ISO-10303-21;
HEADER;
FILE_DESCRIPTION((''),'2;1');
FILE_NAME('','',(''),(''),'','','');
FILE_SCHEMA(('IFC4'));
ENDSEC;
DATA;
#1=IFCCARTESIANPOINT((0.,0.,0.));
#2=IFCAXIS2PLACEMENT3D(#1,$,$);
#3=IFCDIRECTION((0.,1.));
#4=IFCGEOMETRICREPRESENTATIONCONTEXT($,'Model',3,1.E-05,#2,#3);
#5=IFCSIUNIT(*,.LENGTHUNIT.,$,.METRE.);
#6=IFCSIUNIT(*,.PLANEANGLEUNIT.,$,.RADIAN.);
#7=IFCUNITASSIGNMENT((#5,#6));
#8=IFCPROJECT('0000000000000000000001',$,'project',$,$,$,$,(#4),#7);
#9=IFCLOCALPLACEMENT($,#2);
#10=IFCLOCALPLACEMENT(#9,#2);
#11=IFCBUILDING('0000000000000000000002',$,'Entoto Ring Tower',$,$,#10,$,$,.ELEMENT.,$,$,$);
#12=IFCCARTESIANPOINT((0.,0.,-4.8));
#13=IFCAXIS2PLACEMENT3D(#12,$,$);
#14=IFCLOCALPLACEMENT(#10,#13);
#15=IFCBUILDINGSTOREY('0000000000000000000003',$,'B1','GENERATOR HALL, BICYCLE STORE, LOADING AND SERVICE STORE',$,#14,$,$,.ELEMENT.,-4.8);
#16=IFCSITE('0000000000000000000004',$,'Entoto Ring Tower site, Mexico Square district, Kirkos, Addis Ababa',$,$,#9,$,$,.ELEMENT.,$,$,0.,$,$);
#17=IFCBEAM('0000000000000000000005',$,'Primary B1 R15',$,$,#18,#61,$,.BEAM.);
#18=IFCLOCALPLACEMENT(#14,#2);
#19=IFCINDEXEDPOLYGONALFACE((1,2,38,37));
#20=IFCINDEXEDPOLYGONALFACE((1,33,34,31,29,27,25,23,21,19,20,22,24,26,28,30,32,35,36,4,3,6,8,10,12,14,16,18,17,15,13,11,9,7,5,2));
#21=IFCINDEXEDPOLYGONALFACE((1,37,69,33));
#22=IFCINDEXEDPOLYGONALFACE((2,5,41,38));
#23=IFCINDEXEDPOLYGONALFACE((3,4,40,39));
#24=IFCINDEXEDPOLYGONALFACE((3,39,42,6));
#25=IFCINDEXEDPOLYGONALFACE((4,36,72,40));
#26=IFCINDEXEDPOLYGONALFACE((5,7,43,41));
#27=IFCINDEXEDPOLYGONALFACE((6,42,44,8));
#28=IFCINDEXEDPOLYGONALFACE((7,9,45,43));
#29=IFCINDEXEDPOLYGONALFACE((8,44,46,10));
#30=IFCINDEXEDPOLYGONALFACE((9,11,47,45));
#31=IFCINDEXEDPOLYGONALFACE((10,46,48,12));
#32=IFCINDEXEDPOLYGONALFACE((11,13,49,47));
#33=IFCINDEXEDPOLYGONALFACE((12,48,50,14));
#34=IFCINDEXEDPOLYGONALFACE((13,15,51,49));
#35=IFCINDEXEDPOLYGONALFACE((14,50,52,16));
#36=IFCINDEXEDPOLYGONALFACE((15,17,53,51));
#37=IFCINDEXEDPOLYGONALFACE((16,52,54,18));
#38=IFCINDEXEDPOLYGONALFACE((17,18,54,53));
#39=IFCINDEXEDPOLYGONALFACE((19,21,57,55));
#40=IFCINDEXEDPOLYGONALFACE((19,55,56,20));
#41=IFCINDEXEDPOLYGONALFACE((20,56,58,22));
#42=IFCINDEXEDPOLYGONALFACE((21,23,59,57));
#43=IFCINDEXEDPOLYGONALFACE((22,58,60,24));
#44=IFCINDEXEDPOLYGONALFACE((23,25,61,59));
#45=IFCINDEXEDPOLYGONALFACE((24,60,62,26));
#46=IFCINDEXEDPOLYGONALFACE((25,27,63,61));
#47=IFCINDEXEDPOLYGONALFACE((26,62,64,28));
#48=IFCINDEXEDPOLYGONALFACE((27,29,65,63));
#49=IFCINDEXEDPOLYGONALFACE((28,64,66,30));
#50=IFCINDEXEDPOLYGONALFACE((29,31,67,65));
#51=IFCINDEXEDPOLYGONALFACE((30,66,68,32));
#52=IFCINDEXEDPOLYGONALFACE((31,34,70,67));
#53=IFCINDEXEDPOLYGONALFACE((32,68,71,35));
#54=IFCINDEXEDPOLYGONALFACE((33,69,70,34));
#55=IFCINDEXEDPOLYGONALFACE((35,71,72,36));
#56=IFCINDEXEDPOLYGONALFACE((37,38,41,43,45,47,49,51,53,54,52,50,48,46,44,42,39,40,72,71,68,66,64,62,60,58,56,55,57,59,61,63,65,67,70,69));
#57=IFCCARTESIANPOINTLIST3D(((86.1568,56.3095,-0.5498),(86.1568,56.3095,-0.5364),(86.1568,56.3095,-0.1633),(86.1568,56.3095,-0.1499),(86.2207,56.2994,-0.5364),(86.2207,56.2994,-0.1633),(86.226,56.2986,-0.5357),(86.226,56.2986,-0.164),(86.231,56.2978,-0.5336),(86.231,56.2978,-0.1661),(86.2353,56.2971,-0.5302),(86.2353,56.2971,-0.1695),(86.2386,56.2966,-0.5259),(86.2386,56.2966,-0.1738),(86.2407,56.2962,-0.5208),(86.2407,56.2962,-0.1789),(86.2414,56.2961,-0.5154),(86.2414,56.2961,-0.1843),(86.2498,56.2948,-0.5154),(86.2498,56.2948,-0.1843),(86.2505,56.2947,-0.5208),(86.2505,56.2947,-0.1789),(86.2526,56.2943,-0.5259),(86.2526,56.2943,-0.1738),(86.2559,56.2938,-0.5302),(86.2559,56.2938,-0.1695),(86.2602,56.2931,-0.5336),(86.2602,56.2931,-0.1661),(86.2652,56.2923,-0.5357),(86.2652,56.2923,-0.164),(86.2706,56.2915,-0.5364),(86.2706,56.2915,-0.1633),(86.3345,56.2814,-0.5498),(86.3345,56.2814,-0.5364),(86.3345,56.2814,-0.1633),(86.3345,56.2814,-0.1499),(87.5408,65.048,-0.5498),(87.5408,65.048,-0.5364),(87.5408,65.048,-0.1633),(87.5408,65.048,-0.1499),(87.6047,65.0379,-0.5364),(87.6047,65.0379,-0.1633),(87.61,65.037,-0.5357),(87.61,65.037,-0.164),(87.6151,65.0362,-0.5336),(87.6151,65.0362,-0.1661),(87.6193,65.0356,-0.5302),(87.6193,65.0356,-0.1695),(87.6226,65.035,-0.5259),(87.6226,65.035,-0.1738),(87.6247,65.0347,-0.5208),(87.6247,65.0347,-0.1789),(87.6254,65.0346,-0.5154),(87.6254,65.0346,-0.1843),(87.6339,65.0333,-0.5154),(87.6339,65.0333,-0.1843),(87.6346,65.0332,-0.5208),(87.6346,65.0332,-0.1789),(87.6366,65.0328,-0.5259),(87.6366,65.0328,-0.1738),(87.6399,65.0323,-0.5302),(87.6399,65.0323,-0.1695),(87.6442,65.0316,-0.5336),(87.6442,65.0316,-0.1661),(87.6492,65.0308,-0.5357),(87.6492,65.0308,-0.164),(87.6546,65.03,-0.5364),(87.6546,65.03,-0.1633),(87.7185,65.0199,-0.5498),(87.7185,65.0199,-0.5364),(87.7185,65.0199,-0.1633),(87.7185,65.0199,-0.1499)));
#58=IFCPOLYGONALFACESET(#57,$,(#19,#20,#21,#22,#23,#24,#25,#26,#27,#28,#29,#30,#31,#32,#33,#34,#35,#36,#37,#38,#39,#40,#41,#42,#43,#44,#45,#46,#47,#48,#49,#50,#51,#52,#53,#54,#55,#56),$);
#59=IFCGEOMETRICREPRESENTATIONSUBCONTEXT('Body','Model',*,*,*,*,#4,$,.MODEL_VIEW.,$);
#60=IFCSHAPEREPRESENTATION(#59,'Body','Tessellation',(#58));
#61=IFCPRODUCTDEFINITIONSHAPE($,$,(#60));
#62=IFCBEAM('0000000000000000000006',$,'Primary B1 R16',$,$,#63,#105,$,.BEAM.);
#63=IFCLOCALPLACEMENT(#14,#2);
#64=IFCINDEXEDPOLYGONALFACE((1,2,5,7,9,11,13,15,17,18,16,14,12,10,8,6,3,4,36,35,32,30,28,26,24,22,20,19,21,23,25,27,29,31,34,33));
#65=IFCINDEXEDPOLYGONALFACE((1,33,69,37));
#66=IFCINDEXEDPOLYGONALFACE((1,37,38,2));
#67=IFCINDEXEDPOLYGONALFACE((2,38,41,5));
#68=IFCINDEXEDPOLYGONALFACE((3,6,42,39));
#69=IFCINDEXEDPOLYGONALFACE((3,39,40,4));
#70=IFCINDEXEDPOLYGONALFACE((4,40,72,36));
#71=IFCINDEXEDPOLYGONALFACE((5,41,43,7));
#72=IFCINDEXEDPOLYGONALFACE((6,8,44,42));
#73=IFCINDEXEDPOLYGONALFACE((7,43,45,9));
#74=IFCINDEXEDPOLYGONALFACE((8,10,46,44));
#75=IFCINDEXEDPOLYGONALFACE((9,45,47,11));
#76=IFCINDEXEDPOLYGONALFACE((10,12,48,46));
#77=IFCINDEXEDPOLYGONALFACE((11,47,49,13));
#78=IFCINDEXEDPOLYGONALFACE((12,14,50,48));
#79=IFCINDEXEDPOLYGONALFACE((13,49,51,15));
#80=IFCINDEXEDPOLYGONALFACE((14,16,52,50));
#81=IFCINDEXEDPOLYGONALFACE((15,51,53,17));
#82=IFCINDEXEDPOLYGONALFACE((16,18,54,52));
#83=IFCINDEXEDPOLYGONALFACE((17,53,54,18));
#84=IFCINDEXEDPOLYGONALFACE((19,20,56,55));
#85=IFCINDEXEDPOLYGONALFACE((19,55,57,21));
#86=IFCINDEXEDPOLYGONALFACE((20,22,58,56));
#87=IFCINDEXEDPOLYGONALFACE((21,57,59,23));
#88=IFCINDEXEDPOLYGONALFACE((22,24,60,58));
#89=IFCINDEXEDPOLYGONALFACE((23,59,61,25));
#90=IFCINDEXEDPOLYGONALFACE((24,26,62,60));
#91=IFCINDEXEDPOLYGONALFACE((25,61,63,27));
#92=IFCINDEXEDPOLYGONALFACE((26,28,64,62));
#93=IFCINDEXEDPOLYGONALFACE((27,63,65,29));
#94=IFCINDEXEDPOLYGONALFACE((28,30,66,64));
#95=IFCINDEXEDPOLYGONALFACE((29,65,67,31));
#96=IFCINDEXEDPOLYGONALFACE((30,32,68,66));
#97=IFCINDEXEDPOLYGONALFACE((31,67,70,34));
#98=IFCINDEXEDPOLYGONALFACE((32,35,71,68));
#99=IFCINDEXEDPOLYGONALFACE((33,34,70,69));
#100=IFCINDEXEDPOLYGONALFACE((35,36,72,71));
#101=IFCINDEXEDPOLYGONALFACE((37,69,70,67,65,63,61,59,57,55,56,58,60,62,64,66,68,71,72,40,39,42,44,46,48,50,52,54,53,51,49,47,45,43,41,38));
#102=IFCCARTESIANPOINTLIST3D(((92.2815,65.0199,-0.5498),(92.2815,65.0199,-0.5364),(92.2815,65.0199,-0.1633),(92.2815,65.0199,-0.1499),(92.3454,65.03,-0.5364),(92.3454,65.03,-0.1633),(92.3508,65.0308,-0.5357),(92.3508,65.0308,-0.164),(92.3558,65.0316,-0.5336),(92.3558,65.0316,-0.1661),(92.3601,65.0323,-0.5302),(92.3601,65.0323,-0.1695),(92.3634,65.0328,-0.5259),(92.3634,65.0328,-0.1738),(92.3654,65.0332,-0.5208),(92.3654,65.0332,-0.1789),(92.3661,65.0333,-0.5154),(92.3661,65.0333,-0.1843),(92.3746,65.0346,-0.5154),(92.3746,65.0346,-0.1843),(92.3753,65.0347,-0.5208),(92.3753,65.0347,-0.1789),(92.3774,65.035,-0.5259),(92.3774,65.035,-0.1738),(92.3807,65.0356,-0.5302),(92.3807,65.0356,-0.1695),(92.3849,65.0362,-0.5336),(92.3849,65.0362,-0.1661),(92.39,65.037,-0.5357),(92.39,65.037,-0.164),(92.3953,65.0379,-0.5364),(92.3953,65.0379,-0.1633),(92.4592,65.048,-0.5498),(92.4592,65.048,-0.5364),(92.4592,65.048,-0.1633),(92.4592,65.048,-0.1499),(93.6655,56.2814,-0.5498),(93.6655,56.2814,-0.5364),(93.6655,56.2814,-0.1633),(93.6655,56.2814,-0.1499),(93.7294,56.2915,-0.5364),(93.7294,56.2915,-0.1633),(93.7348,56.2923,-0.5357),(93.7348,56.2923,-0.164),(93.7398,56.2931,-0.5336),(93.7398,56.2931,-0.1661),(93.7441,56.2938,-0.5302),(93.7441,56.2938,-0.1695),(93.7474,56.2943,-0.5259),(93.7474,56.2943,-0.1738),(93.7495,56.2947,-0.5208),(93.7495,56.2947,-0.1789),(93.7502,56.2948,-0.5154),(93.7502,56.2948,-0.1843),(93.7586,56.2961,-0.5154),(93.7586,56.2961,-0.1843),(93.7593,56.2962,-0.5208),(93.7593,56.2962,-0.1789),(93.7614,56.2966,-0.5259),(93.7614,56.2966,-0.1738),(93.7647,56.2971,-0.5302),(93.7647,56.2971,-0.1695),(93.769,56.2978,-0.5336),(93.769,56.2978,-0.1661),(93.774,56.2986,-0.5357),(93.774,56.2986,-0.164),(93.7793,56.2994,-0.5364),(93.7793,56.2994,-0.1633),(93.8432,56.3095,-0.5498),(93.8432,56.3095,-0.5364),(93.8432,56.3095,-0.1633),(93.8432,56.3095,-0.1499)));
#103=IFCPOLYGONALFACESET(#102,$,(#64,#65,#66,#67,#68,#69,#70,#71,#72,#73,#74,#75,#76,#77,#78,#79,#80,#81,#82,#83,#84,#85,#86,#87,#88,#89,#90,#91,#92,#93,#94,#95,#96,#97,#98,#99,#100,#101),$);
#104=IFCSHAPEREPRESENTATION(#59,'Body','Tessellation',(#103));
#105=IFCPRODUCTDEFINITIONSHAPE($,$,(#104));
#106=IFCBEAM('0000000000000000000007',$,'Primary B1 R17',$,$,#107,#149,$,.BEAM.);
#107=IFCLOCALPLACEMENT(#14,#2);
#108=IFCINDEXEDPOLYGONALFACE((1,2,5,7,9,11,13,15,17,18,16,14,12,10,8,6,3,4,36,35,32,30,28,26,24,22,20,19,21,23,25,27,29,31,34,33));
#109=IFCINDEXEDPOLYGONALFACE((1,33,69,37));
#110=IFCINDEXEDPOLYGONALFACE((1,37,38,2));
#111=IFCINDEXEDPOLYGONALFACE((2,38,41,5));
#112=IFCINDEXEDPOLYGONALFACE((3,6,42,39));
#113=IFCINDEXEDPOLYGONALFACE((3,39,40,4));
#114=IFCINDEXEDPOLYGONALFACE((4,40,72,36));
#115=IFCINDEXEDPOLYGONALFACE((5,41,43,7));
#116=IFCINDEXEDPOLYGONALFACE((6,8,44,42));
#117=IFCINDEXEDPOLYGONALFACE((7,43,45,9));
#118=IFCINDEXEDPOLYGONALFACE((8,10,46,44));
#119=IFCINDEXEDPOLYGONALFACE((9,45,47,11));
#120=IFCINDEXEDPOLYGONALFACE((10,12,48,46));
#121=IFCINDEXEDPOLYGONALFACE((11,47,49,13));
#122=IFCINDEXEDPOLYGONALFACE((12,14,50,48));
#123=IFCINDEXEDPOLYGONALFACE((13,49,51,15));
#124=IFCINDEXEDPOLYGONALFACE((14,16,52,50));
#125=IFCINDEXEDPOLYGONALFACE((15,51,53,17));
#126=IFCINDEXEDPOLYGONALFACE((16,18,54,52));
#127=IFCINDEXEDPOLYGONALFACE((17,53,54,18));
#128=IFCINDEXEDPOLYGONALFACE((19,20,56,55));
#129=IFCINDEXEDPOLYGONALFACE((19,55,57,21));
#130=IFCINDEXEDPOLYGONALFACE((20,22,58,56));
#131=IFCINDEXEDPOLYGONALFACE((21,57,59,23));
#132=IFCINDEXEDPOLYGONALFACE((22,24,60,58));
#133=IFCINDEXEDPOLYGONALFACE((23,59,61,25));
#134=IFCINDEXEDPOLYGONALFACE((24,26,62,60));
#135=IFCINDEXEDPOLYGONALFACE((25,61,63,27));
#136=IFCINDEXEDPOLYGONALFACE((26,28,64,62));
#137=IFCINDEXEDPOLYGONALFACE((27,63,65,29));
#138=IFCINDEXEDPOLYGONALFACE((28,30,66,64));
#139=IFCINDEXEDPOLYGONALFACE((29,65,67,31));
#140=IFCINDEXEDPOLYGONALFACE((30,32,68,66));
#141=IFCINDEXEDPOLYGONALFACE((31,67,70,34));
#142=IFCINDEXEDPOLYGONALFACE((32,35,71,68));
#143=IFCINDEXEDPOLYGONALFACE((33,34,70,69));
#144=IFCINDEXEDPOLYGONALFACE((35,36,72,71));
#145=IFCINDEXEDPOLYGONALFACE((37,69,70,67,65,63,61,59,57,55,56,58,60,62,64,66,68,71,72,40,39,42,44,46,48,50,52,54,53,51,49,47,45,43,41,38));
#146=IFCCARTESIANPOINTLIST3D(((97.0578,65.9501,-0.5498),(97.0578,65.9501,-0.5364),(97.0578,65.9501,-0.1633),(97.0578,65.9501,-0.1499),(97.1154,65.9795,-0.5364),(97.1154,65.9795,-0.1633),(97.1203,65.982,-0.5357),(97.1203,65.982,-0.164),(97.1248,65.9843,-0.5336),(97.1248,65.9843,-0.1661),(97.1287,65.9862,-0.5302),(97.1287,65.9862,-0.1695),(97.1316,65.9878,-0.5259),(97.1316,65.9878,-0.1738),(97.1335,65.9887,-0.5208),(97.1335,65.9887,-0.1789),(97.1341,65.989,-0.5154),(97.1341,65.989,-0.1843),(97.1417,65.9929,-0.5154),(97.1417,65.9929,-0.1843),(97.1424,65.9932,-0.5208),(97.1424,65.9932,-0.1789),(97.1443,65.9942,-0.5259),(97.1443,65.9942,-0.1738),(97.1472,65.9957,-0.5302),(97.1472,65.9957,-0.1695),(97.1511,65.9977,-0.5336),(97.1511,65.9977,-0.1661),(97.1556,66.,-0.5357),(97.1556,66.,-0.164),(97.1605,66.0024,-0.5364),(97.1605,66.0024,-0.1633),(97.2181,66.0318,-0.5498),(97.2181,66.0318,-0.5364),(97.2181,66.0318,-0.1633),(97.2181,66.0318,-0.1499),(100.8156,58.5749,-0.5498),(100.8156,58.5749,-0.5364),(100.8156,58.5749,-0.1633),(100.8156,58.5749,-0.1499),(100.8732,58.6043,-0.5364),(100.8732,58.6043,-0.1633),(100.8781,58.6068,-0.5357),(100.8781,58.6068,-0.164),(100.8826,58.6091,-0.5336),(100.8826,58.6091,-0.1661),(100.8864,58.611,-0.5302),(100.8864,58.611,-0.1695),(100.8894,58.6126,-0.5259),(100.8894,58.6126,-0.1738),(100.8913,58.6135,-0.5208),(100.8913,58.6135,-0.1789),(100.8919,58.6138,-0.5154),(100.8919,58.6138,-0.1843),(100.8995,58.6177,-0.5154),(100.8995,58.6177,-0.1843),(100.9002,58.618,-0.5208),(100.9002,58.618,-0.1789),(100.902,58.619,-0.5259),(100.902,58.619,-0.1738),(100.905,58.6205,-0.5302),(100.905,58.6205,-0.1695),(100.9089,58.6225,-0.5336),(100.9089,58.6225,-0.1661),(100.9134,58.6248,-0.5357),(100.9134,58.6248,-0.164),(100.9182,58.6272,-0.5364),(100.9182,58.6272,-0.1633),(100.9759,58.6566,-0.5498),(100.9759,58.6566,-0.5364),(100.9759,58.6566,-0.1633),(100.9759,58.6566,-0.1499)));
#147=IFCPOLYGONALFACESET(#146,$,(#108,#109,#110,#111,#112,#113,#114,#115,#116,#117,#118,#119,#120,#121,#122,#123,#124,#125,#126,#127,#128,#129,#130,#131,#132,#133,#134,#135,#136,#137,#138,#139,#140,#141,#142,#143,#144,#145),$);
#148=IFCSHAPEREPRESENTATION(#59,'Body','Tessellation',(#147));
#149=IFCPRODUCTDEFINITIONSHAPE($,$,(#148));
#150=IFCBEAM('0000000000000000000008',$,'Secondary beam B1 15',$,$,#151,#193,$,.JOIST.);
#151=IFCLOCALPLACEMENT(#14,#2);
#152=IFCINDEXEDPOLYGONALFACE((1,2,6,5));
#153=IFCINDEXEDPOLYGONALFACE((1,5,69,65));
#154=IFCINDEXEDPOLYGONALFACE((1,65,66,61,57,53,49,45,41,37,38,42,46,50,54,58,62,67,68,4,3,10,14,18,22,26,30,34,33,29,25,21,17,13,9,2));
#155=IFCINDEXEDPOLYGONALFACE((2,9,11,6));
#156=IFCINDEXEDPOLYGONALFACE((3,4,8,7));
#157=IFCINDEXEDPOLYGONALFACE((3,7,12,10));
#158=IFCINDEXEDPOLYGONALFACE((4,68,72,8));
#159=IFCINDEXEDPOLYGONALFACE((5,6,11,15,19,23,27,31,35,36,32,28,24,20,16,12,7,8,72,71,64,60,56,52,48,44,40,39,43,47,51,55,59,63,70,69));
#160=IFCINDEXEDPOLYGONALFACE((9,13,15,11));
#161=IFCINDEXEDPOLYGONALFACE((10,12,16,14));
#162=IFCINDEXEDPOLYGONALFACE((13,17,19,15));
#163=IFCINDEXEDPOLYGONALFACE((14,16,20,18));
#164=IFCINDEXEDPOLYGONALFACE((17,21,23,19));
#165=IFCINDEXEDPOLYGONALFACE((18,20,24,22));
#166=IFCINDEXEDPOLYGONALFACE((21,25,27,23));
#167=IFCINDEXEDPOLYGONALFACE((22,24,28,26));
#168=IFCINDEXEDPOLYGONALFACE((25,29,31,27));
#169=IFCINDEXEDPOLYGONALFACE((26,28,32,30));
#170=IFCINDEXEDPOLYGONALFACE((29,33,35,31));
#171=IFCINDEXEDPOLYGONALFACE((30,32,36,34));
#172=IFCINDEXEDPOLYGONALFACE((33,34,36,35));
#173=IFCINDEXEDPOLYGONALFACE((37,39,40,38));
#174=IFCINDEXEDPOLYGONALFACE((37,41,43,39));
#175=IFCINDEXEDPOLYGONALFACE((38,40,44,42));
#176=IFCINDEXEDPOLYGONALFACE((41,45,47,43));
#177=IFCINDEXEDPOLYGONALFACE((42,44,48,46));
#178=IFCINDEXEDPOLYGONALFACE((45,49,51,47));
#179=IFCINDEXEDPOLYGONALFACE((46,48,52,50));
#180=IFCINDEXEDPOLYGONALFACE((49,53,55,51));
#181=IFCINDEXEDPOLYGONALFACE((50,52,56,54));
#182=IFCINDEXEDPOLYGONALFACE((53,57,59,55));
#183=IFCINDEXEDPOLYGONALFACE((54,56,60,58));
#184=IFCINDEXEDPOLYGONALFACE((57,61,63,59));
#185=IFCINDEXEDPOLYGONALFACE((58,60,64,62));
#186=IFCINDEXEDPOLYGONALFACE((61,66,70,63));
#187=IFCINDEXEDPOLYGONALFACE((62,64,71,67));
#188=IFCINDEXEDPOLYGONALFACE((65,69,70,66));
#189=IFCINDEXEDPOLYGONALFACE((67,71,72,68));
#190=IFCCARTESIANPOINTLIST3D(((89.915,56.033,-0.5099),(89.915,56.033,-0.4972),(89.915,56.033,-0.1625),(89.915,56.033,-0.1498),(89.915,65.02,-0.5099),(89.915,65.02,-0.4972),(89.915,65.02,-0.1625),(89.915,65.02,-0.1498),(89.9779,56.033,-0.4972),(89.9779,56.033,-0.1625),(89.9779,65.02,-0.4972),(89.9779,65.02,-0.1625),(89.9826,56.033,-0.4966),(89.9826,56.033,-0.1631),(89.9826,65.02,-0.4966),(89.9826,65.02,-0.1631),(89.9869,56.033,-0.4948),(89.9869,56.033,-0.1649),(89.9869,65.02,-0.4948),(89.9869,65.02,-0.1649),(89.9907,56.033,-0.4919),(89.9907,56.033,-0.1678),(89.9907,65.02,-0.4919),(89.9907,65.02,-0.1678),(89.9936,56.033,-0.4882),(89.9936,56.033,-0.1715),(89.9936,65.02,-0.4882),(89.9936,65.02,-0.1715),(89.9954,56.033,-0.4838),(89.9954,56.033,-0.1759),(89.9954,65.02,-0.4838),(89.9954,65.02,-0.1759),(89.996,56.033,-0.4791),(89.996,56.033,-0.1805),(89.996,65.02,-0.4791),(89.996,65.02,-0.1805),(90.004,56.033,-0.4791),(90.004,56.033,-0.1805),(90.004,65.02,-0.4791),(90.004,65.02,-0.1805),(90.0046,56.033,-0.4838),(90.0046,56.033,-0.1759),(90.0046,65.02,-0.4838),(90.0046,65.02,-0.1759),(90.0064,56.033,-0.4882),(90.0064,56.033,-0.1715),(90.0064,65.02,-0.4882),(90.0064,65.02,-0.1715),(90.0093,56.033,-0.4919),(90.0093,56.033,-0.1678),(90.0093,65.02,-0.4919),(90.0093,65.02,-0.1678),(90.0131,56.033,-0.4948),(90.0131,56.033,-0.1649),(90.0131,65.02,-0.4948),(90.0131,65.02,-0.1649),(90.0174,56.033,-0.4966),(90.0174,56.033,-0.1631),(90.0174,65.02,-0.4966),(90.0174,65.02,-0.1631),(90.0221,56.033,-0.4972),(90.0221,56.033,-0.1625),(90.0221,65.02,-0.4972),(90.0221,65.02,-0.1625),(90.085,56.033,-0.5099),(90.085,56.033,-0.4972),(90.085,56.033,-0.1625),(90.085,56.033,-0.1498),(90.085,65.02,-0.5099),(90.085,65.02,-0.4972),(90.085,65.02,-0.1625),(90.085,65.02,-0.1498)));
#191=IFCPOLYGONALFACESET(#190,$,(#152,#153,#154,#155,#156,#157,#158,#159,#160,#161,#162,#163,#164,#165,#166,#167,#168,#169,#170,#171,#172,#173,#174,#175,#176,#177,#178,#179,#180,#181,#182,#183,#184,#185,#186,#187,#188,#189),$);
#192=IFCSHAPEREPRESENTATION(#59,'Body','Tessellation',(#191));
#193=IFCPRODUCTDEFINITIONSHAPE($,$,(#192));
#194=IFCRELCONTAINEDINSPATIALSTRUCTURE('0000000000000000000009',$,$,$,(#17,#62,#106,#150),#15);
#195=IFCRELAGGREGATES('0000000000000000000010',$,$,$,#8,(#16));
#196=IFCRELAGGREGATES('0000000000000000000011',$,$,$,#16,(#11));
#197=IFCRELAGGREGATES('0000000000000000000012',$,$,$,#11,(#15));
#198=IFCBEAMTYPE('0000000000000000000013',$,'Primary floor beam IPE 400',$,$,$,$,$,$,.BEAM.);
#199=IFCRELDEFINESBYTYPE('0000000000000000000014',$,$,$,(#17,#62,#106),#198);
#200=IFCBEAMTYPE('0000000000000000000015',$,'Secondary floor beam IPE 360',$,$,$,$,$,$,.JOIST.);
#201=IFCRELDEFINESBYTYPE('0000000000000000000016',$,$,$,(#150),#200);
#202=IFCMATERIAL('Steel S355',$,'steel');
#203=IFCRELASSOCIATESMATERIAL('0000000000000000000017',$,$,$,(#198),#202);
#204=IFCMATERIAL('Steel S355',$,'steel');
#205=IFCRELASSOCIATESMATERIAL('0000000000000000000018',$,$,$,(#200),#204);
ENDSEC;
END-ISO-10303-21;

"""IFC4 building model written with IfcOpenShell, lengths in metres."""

from ifc_helpers import new_model, si_unit, direction, frame, origin, origin_2d, place, context, subcontext, project, spatial, i_section, extrude, material, material_profile, profile_set, type_object, element, save


model = new_model("IFC4")

# Units and contexts
model_context = context("Model", 3, precision=1e-05, world=origin(), true_north=direction((0.0, 1.0)))
body_context = subcontext(model_context, "Body", "Model", "MODEL_VIEW")
ifc_project = project(units=[si_unit("LENGTHUNIT", "METRE"), si_unit("PLANEANGLEUNIT", "RADIAN")], contexts=[model_context])

# Site, building, storey
site_placement = place(None, origin())
site = spatial("IfcSite", under=ifc_project, at=site_placement, Name="Entoto Ring Tower site, Mexico Square district, Kirkos, Addis Ababa", CompositionType="ELEMENT", RefElevation=0.0)
building_placement = place(site_placement, origin())
building = spatial("IfcBuilding", under=site, at=building_placement, Name="Entoto Ring Tower", CompositionType="ELEMENT")
storey_placement = place(building_placement, frame((0.0, 0.0, -4.8)))
storey = spatial("IfcBuildingStorey", under=building, at=storey_placement, Name="B1", Description="GENERATOR HALL, BICYCLE STORE, LOADING AND SERVICE STORE", CompositionType="ELEMENT", Elevation=-4.8)

# Beams
ifc_material_1 = material(Name="Steel S355", Category="steel")
ifc_material_profile_1 = material_profile(ifc_material_1, i_section(OverallWidth=0.1799, OverallDepth=0.3999, WebThickness=0.0085, FlangeThickness=0.0134, FilletRadius=0.021, at=origin_2d()), Name="IPE 400")
ifc_profile_set_1 = profile_set([ifc_material_profile_1], Name="Steel S355")
beam_type_1 = type_object("IfcBeamType", Name="Primary floor beam IPE 400", PredefinedType="BEAM", material=ifc_profile_set_1)
for number, where, z_axis, x_axis, name in (
    (1, (87.6296, 65.0339, -0.3499), (-0.156433, -0.987689, 0.0), (0.987689, -0.156433, 0.0), "Primary B1 R15"),
    (2, (92.3704, 65.0339, -0.3499), (0.156433, -0.987689, 0.0), (0.987689, 0.156433, 0.0), "Primary B1 R16"),
):
    element("IfcBeam", number, at=place(storey_placement, frame(where, z_axis=z_axis, x_axis=x_axis)), inside=storey, type_object=beam_type_1, Name=name, PredefinedType="BEAM", context=body_context, shape_type="SweptSolid", body=[
        extrude(i_section(OverallWidth=0.1799, OverallDepth=0.3999, WebThickness=0.0085, FlangeThickness=0.0134, FilletRadius=0.021, at=origin_2d()), origin(), (0.0, 0.0, 1.0), 8.8474),
    ])
beam_1_placement = place(storey_placement, frame((97.1379, 65.991, -0.3499), z_axis=(0.453985, -0.89101, 0.0), x_axis=(0.89101, 0.453985, 0.0)))
element("IfcBeam", 3, at=beam_1_placement, inside=storey, type_object=beam_type_1, Name="Primary B1 R17", PredefinedType="BEAM", context=body_context, shape_type="SweptSolid", body=[
    extrude(i_section(OverallWidth=0.1799, OverallDepth=0.3999, WebThickness=0.0085, FlangeThickness=0.0134, FilletRadius=0.021, at=origin_2d()), origin(), (0.0, 0.0, 1.0), 8.2773),
])
ifc_material_2 = material(Name="Steel S355", Category="steel")
ifc_material_profile_2 = material_profile(ifc_material_2, i_section(OverallWidth=0.1699, OverallDepth=0.3601, WebThickness=0.0081, FlangeThickness=0.0127, FilletRadius=0.0181, at=origin_2d()), Name="IPE 360")
ifc_profile_set_2 = profile_set([ifc_material_profile_2], Name="Steel S355")
beam_type_2 = type_object("IfcBeamType", Name="Secondary floor beam IPE 360", PredefinedType="JOIST", material=ifc_profile_set_2)
beam_2_placement = place(storey_placement, frame((90.0, 65.02, -0.3298), z_axis=(0.0, -1.0, 0.0), x_axis=(1.0, 0.0, 0.0)))
element("IfcBeam", 4, at=beam_2_placement, inside=storey, type_object=beam_type_2, Name="Secondary beam B1 15", PredefinedType="JOIST", context=body_context, shape_type="SweptSolid", body=[
    extrude(i_section(OverallWidth=0.1699, OverallDepth=0.3601, WebThickness=0.0081, FlangeThickness=0.0127, FilletRadius=0.0181, at=origin_2d()), origin(), (0.0, 0.0, 1.0), 8.9871),
])

save(model, "model.ifc")
